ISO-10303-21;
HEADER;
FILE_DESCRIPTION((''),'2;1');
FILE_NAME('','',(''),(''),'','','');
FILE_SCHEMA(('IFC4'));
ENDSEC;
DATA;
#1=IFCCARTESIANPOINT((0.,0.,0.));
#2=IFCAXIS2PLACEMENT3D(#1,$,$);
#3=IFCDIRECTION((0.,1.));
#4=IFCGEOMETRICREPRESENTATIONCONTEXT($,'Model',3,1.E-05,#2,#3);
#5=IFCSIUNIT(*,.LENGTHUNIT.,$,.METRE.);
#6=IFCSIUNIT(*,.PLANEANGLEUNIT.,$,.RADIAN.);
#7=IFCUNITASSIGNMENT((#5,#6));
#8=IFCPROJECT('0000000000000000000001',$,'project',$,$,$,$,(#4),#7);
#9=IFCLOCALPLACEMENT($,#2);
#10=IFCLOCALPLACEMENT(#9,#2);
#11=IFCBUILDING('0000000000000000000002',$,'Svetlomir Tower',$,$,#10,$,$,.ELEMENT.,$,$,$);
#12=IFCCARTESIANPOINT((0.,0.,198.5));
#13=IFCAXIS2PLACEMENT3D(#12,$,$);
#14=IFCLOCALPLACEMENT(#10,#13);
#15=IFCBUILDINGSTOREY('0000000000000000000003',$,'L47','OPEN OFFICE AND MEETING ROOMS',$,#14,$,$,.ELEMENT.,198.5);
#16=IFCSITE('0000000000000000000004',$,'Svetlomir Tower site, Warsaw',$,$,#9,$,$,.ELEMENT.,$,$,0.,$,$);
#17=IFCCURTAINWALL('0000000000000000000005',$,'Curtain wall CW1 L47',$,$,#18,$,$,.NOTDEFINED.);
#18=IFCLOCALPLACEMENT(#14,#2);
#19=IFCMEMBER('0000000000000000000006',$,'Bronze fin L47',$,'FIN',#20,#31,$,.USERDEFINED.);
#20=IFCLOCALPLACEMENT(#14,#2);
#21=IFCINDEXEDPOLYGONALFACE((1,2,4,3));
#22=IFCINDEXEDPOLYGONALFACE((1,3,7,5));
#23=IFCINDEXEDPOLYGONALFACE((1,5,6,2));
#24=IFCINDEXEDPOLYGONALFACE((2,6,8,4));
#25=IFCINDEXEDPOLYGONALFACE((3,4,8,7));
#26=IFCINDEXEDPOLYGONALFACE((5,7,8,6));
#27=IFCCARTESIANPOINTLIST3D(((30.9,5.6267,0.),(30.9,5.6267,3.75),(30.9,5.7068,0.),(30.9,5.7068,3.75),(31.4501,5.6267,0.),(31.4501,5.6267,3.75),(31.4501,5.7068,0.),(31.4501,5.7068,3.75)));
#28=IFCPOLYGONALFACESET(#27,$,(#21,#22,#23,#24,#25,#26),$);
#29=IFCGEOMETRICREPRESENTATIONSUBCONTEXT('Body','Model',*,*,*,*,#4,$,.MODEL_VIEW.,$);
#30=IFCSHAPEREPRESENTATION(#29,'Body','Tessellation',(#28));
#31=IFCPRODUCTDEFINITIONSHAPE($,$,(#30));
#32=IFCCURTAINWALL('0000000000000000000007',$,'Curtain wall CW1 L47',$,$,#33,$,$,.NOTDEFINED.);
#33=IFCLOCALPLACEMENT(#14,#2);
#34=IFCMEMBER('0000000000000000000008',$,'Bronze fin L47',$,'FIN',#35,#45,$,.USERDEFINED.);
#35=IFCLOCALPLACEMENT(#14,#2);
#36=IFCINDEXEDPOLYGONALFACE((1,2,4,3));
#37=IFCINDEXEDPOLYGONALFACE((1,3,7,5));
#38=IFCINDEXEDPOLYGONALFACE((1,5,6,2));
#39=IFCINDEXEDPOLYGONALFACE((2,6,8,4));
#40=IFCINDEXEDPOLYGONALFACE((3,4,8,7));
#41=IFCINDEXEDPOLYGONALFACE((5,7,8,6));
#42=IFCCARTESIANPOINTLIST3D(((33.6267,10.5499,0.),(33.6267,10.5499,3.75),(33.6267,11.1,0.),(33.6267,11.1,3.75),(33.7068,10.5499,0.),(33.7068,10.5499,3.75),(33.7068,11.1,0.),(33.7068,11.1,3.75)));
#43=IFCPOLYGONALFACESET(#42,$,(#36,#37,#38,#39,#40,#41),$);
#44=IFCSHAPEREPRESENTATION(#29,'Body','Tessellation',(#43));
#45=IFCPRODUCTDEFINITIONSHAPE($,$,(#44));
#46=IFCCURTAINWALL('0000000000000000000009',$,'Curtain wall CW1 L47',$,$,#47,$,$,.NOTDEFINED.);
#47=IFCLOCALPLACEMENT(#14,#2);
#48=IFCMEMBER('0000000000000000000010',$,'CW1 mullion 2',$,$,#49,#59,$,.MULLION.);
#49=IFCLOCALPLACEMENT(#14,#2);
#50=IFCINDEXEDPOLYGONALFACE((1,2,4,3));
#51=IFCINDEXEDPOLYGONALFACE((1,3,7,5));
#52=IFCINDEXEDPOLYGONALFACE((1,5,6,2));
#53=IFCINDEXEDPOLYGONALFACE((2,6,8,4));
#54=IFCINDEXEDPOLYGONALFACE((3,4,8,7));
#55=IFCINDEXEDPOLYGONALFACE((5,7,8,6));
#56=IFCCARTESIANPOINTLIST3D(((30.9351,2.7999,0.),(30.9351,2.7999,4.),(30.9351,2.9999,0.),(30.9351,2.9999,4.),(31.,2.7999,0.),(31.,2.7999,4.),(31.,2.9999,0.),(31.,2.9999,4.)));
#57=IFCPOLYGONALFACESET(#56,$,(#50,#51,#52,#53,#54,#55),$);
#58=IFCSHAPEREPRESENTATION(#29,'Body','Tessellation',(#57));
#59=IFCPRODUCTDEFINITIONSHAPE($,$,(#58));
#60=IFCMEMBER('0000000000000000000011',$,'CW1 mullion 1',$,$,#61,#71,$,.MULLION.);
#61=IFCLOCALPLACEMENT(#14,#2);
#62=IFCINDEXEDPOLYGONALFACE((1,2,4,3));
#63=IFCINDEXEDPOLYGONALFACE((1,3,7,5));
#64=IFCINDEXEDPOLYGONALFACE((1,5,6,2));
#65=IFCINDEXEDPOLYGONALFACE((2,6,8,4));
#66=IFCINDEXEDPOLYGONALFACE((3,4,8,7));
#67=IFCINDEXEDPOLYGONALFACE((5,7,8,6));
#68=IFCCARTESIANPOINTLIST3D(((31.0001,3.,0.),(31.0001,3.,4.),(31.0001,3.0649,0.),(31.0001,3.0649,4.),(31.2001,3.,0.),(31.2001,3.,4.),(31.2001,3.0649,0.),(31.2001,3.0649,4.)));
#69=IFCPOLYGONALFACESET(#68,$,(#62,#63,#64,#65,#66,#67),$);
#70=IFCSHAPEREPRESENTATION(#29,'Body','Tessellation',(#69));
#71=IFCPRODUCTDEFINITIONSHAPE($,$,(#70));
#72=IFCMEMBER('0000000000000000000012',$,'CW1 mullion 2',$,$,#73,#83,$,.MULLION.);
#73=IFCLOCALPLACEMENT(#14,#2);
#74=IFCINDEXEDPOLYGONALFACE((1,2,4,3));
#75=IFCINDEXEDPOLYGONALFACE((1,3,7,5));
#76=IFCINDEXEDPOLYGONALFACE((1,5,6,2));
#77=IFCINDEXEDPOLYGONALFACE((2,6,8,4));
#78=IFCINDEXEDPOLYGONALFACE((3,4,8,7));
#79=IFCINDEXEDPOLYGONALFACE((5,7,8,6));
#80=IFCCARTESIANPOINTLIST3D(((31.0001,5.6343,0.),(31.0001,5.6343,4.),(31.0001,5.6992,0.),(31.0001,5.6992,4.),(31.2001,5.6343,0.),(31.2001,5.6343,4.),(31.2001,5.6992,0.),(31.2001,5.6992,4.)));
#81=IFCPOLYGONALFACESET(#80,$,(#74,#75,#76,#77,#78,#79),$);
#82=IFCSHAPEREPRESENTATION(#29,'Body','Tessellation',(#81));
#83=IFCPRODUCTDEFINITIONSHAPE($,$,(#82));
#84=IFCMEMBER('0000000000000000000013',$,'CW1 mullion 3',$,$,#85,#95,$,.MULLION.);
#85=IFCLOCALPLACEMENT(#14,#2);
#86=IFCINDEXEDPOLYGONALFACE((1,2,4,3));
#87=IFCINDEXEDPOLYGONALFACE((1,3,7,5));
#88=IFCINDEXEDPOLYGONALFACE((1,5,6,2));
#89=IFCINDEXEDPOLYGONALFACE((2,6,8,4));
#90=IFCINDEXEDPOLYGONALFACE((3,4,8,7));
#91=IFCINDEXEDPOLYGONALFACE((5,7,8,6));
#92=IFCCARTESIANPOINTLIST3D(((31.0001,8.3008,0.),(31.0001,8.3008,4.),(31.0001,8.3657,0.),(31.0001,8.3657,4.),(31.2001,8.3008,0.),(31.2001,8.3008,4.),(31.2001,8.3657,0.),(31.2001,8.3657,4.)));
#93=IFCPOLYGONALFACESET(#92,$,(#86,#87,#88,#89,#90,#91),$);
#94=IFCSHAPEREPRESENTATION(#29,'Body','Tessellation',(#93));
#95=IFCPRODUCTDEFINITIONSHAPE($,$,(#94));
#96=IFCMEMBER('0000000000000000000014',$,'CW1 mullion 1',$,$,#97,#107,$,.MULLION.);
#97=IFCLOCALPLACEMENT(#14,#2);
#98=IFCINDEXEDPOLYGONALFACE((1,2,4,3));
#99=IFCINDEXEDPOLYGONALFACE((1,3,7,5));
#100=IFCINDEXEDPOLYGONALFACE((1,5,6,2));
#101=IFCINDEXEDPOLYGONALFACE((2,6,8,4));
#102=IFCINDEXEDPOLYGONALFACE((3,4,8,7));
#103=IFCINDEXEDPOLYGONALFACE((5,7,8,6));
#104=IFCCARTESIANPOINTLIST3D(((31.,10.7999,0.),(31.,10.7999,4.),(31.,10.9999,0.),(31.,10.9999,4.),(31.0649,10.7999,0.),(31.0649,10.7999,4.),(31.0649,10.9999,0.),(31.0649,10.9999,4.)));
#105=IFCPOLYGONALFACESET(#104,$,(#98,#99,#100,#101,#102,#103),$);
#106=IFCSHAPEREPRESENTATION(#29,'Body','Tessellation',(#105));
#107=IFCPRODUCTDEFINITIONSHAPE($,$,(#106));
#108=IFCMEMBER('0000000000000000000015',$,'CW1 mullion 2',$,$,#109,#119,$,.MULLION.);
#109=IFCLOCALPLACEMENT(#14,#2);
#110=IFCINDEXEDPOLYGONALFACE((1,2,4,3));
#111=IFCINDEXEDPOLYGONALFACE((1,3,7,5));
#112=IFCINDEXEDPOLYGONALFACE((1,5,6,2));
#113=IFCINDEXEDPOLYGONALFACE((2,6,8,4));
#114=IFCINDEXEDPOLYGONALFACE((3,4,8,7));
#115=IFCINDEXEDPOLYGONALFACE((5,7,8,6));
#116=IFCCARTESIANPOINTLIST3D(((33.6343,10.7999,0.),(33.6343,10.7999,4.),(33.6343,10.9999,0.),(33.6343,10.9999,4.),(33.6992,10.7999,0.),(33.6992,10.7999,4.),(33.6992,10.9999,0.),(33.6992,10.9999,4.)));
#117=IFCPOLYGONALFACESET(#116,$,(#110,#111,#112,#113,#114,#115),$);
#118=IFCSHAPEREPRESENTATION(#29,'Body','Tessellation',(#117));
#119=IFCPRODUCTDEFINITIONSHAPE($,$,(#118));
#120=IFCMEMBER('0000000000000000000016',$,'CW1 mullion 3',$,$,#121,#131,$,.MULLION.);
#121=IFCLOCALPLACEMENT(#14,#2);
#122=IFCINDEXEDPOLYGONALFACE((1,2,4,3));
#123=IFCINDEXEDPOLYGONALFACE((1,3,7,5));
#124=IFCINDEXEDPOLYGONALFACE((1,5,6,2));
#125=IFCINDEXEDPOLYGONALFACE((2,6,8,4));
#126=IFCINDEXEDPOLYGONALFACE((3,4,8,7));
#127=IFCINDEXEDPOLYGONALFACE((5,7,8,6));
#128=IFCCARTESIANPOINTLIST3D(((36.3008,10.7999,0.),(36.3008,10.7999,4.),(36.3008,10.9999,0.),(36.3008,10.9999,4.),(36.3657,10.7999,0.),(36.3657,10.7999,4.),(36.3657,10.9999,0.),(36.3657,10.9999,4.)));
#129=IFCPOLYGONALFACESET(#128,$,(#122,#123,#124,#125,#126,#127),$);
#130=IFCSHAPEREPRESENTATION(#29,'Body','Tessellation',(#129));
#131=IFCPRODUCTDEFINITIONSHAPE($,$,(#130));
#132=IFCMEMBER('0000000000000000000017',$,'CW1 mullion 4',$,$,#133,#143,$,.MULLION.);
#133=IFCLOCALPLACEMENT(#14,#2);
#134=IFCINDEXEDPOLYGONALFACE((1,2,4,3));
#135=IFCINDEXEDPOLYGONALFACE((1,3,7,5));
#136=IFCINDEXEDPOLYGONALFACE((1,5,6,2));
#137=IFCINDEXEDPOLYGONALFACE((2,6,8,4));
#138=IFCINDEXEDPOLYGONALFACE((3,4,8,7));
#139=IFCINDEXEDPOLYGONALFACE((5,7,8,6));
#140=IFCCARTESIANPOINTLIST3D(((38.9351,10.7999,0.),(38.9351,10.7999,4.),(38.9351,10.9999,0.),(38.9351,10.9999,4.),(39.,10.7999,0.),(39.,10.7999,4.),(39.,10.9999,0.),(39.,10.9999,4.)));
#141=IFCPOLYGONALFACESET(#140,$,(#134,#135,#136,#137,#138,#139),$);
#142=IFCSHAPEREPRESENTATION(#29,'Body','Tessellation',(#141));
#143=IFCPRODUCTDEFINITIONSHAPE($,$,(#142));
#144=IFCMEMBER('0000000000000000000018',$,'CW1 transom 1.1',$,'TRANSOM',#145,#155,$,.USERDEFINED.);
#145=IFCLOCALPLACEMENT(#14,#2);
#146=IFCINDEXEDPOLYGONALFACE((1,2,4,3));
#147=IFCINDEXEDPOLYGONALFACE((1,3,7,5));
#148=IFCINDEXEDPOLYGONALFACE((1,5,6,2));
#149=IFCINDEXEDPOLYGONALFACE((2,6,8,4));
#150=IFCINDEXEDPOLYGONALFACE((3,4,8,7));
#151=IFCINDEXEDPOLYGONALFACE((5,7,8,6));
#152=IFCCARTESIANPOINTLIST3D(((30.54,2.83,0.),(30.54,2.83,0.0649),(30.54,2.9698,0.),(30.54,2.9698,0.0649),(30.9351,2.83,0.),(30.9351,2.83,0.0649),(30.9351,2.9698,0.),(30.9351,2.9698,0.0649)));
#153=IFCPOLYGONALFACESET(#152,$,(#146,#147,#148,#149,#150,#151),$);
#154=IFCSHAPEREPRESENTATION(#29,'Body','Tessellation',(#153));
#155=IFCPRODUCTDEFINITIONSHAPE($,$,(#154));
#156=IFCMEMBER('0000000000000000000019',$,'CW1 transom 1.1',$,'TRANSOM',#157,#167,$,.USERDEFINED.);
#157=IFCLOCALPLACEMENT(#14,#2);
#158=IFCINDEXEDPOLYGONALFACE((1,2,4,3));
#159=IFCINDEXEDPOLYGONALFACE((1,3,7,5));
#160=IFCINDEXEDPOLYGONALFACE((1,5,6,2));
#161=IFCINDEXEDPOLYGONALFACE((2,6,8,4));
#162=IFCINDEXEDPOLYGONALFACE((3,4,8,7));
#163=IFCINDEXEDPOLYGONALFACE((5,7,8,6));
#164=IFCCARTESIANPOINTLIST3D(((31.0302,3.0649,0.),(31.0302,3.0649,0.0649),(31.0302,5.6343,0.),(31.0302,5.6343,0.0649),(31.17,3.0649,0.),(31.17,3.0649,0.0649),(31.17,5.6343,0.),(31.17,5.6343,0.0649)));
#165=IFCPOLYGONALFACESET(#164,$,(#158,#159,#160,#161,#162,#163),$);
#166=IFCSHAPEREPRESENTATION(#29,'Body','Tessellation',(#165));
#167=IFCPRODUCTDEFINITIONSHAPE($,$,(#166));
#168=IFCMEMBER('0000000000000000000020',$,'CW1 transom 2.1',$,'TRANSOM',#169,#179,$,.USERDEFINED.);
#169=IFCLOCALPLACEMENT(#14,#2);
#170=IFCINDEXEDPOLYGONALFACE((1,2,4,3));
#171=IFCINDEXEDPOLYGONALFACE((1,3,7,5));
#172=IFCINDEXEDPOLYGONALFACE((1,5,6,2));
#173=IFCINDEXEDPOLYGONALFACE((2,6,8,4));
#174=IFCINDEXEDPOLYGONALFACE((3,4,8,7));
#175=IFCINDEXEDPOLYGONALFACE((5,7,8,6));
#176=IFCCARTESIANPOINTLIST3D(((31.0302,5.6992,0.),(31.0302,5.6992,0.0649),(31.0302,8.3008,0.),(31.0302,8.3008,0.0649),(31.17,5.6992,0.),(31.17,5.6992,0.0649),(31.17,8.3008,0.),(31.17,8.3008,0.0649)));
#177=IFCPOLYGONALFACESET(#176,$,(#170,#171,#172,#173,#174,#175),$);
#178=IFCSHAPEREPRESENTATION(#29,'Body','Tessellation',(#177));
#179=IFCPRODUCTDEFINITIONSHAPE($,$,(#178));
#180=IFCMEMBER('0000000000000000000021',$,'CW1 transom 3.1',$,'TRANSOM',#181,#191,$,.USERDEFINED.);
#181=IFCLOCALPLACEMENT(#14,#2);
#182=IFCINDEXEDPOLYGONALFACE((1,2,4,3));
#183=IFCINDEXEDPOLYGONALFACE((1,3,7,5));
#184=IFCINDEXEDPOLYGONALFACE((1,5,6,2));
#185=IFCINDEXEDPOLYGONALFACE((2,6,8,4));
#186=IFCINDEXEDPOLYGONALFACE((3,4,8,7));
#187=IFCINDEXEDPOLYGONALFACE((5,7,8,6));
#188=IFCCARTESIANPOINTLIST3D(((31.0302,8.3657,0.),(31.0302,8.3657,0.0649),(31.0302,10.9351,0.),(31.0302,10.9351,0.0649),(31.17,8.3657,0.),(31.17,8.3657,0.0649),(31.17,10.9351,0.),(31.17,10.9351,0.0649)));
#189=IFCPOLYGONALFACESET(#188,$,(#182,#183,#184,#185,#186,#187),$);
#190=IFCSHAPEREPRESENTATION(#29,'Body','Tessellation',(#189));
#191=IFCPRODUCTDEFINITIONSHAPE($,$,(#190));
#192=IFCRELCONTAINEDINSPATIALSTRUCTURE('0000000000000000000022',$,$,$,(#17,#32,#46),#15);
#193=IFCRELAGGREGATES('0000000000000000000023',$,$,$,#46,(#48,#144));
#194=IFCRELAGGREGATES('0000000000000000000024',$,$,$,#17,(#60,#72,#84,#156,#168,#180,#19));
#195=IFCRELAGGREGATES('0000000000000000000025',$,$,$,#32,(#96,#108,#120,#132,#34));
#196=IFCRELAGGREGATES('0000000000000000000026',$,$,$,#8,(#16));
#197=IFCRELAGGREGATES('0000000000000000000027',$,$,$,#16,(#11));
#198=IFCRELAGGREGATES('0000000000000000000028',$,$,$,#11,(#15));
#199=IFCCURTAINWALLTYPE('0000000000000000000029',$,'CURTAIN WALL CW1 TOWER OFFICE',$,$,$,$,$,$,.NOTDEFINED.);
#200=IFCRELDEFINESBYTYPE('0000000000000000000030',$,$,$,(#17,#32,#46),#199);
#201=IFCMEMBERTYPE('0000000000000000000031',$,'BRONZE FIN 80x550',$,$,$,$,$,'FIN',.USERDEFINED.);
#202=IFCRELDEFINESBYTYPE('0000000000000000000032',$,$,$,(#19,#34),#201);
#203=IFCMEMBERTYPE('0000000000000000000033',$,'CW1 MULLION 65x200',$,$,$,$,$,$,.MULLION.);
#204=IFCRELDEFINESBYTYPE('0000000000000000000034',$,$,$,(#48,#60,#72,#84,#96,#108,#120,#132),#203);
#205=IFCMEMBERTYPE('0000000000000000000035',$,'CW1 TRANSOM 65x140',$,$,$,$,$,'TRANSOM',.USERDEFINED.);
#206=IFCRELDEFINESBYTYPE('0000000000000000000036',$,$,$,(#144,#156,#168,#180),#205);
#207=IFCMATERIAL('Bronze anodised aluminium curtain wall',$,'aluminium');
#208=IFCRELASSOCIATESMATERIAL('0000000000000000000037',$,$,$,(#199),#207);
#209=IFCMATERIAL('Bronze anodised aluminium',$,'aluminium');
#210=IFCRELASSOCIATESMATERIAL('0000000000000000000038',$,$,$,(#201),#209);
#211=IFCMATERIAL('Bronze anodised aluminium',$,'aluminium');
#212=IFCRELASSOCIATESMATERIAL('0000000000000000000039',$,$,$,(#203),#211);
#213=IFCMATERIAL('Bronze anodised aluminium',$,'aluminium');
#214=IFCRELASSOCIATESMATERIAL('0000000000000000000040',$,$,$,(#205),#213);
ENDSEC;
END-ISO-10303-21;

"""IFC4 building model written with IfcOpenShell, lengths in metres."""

from ifc_helpers import new_model, si_unit, direction, frame, origin, origin_2d, place, context, subcontext, project, spatial, rectangle, extrude, material, material_profile, profile_set, type_object, element, aggregate, save


model = new_model("IFC4")

# Units and contexts
model_context = context("Model", 3, precision=1e-05, world=origin(), true_north=direction((0.0, 1.0)))
body_context = subcontext(model_context, "Body", "Model", "MODEL_VIEW")
ifc_project = project(units=[si_unit("LENGTHUNIT", "METRE"), si_unit("PLANEANGLEUNIT", "RADIAN")], contexts=[model_context])

# Site, building, storey
site_placement = place(None, origin())
site = spatial("IfcSite", under=ifc_project, at=site_placement, Name="Svetlomir Tower site, Warsaw", CompositionType="ELEMENT", RefElevation=0.0)
building_placement = place(site_placement, origin())
building = spatial("IfcBuilding", under=site, at=building_placement, Name="Svetlomir Tower", CompositionType="ELEMENT")
storey_placement = place(building_placement, frame((0.0, 0.0, 198.5)))
storey = spatial("IfcBuildingStorey", under=building, at=storey_placement, Name="L47", Description="OPEN OFFICE AND MEETING ROOMS", CompositionType="ELEMENT", Elevation=198.5)

# Curtain walls, members
ifc_material_1 = material(Name="Bronze anodised aluminium curtain wall", Category="aluminium")
curtain_wall_type = type_object("IfcCurtainWallType", Name="CURTAIN WALL CW1 TOWER OFFICE", PredefinedType="NOTDEFINED", material=ifc_material_1)
curtain_wall_1_placement = place(storey_placement, origin())
curtain_wall_1 = element("IfcCurtainWall", 1, at=curtain_wall_1_placement, inside=storey, type_object=curtain_wall_type, Name="Curtain wall CW1 L47", PredefinedType="NOTDEFINED")
ifc_material_2 = material(Name="Bronze anodised aluminium", Category="aluminium")
ifc_material_profile_1 = material_profile(ifc_material_2, rectangle(XDim=0.0801, YDim=0.55, at=origin_2d()), Name="FIN 80x550")
ifc_profile_set_1 = profile_set([ifc_material_profile_1], Name="Bronze anodised aluminium 6063-T6")
member_type_1 = type_object("IfcMemberType", Name="BRONZE FIN 80x550", ElementType="FIN", PredefinedType="USERDEFINED", material=ifc_profile_set_1)
member_1_placement = place(storey_placement, frame((31.175, 5.6667, 0.0), z_axis=(0.0, 0.0, 1.0), x_axis=(0.0, 1.0, 0.0)))
member_1 = element("IfcMember", 2, at=member_1_placement, type_object=member_type_1, Name="Bronze fin L47", ObjectType="FIN", PredefinedType="USERDEFINED", context=body_context, shape_type="SweptSolid", body=[
    extrude(rectangle(XDim=0.0801, YDim=0.55, at=origin_2d()), origin(), (0.0, 0.0, 1.0), 3.75),
])
curtain_wall_2_placement = place(storey_placement, origin())
curtain_wall_2 = element("IfcCurtainWall", 3, at=curtain_wall_2_placement, inside=storey, type_object=curtain_wall_type, Name="Curtain wall CW1 L47", PredefinedType="NOTDEFINED")
member_2_placement = place(storey_placement, frame((33.6667, 10.825, 0.0), z_axis=(0.0, 0.0, 1.0), x_axis=(1.0, 0.0, 0.0)))
member_2 = element("IfcMember", 4, at=member_2_placement, type_object=member_type_1, Name="Bronze fin L47", ObjectType="FIN", PredefinedType="USERDEFINED", context=body_context, shape_type="SweptSolid", body=[
    extrude(rectangle(XDim=0.0801, YDim=0.55, at=origin_2d()), origin(), (0.0, 0.0, 1.0), 3.75),
])
curtain_wall_3_placement = place(storey_placement, origin())
curtain_wall_3 = element("IfcCurtainWall", 5, at=curtain_wall_3_placement, inside=storey, type_object=curtain_wall_type, Name="Curtain wall CW1 L47", PredefinedType="NOTDEFINED")
ifc_material_3 = material(Name="Bronze anodised aluminium", Category="aluminium")
ifc_material_profile_2 = material_profile(ifc_material_3, rectangle(XDim=0.0649, YDim=0.2, at=origin_2d()), Name="AL 65x200")
ifc_profile_set_2 = profile_set([ifc_material_profile_2], Name="Bronze anodised aluminium 6063-T6")
member_type_2 = type_object("IfcMemberType", Name="CW1 MULLION 65x200", PredefinedType="MULLION", material=ifc_profile_set_2)
member_3_placement = place(storey_placement, frame((30.9675, 2.8999, 0.0), z_axis=(0.0, 0.0, 1.0), x_axis=(1.0, 0.0, 0.0)))
member_3 = element("IfcMember", 6, at=member_3_placement, type_object=member_type_2, Name="CW1 mullion 2", PredefinedType="MULLION", context=body_context, shape_type="SweptSolid", body=[
    extrude(rectangle(XDim=0.0649, YDim=0.2, at=origin_2d()), origin(), (0.0, 0.0, 1.0), 4.0),
])

# Members
member_4_placement = place(storey_placement, frame((31.1001, 3.0325, 0.0), z_axis=(0.0, 0.0, 1.0), x_axis=(0.0, 1.0, 0.0)))
member_4 = element("IfcMember", 7, at=member_4_placement, type_object=member_type_2, Name="CW1 mullion 1", PredefinedType="MULLION", context=body_context, shape_type="SweptSolid", body=[
    extrude(rectangle(XDim=0.0649, YDim=0.2, at=origin_2d()), origin(), (0.0, 0.0, 1.0), 4.0),
])
member_5_placement = place(storey_placement, frame((31.1001, 5.6667, 0.0), z_axis=(0.0, 0.0, 1.0), x_axis=(0.0, 1.0, 0.0)))
member_5 = element("IfcMember", 8, at=member_5_placement, type_object=member_type_2, Name="CW1 mullion 2", PredefinedType="MULLION", context=body_context, shape_type="SweptSolid", body=[
    extrude(rectangle(XDim=0.0649, YDim=0.2, at=origin_2d()), origin(), (0.0, 0.0, 1.0), 4.0),
])
member_6_placement = place(storey_placement, frame((31.1001, 8.3333, 0.0), z_axis=(0.0, 0.0, 1.0), x_axis=(0.0, 1.0, 0.0)))
member_6 = element("IfcMember", 9, at=member_6_placement, type_object=member_type_2, Name="CW1 mullion 3", PredefinedType="MULLION", context=body_context, shape_type="SweptSolid", body=[
    extrude(rectangle(XDim=0.0649, YDim=0.2, at=origin_2d()), origin(), (0.0, 0.0, 1.0), 4.0),
])
member_7_placement = place(storey_placement, frame((31.0325, 10.8999, 0.0), z_axis=(0.0, 0.0, 1.0), x_axis=(1.0, 0.0, 0.0)))
member_7 = element("IfcMember", 10, at=member_7_placement, type_object=member_type_2, Name="CW1 mullion 1", PredefinedType="MULLION", context=body_context, shape_type="SweptSolid", body=[
    extrude(rectangle(XDim=0.0649, YDim=0.2, at=origin_2d()), origin(), (0.0, 0.0, 1.0), 4.0),
])
member_8_placement = place(storey_placement, frame((33.6667, 10.8999, 0.0), z_axis=(0.0, 0.0, 1.0), x_axis=(1.0, 0.0, 0.0)))
member_8 = element("IfcMember", 11, at=member_8_placement, type_object=member_type_2, Name="CW1 mullion 2", PredefinedType="MULLION", context=body_context, shape_type="SweptSolid", body=[
    extrude(rectangle(XDim=0.0649, YDim=0.2, at=origin_2d()), origin(), (0.0, 0.0, 1.0), 4.0),
])
member_9_placement = place(storey_placement, frame((36.3333, 10.8999, 0.0), z_axis=(0.0, 0.0, 1.0), x_axis=(1.0, 0.0, 0.0)))
member_9 = element("IfcMember", 12, at=member_9_placement, type_object=member_type_2, Name="CW1 mullion 3", PredefinedType="MULLION", context=body_context, shape_type="SweptSolid", body=[
    extrude(rectangle(XDim=0.0649, YDim=0.2, at=origin_2d()), origin(), (0.0, 0.0, 1.0), 4.0),
])
member_10_placement = place(storey_placement, frame((38.9675, 10.8999, 0.0), z_axis=(0.0, 0.0, 1.0), x_axis=(1.0, 0.0, 0.0)))
member_10 = element("IfcMember", 13, at=member_10_placement, type_object=member_type_2, Name="CW1 mullion 4", PredefinedType="MULLION", context=body_context, shape_type="SweptSolid", body=[
    extrude(rectangle(XDim=0.0649, YDim=0.2, at=origin_2d()), origin(), (0.0, 0.0, 1.0), 4.0),
])
ifc_material_4 = material(Name="Bronze anodised aluminium", Category="aluminium")
ifc_material_profile_3 = material_profile(ifc_material_4, rectangle(XDim=0.1399, YDim=0.0649, at=origin_2d()), Name="AL 140x65")
ifc_profile_set_3 = profile_set([ifc_material_profile_3], Name="Bronze anodised aluminium 6063-T6")
member_type_3 = type_object("IfcMemberType", Name="CW1 TRANSOM 65x140", ElementType="TRANSOM", PredefinedType="USERDEFINED", material=ifc_profile_set_3)
member_11_placement = place(storey_placement, frame((30.54, 2.8999, 0.0325), z_axis=(1.0, 0.0, 0.0), x_axis=(0.0, 1.0, 0.0)))
member_11 = element("IfcMember", 14, at=member_11_placement, type_object=member_type_3, Name="CW1 transom 1.1", ObjectType="TRANSOM", PredefinedType="USERDEFINED", context=body_context, shape_type="SweptSolid", body=[
    extrude(rectangle(XDim=0.1399, YDim=0.0649, at=origin_2d()), origin(), (0.0, 0.0, 1.0), 0.395),
])
member_12_placement = place(storey_placement, frame((31.1001, 3.0649, 0.0325), z_axis=(0.0, 1.0, 0.0), x_axis=(-1.0, 0.0, 0.0)))
member_12 = element("IfcMember", 15, at=member_12_placement, type_object=member_type_3, Name="CW1 transom 1.1", ObjectType="TRANSOM", PredefinedType="USERDEFINED", context=body_context, shape_type="SweptSolid", body=[
    extrude(rectangle(XDim=0.1399, YDim=0.0649, at=origin_2d()), origin(), (0.0, 0.0, 1.0), 2.5693),
])
member_13_placement = place(storey_placement, frame((31.1001, 5.6992, 0.0325), z_axis=(0.0, 1.0, 0.0), x_axis=(-1.0, 0.0, 0.0)))
member_13 = element("IfcMember", 16, at=member_13_placement, type_object=member_type_3, Name="CW1 transom 2.1", ObjectType="TRANSOM", PredefinedType="USERDEFINED", context=body_context, shape_type="SweptSolid", body=[
    extrude(rectangle(XDim=0.1399, YDim=0.0649, at=origin_2d()), origin(), (0.0, 0.0, 1.0), 2.6016),
])
member_14_placement = place(storey_placement, frame((31.1001, 8.3657, 0.0325), z_axis=(0.0, 1.0, 0.0), x_axis=(-1.0, 0.0, 0.0)))
member_14 = element("IfcMember", 17, at=member_14_placement, type_object=member_type_3, Name="CW1 transom 3.1", ObjectType="TRANSOM", PredefinedType="USERDEFINED", context=body_context, shape_type="SweptSolid", body=[
    extrude(rectangle(XDim=0.1399, YDim=0.0649, at=origin_2d()), origin(), (0.0, 0.0, 1.0), 2.5693),
])

aggregate(curtain_wall_3, [member_3, member_11])
aggregate(curtain_wall_1, [member_4, member_5, member_6, member_12, member_13, member_14, member_1])
aggregate(curtain_wall_2, [member_7, member_8, member_9, member_10, member_2])

save(model, "model.ifc")
